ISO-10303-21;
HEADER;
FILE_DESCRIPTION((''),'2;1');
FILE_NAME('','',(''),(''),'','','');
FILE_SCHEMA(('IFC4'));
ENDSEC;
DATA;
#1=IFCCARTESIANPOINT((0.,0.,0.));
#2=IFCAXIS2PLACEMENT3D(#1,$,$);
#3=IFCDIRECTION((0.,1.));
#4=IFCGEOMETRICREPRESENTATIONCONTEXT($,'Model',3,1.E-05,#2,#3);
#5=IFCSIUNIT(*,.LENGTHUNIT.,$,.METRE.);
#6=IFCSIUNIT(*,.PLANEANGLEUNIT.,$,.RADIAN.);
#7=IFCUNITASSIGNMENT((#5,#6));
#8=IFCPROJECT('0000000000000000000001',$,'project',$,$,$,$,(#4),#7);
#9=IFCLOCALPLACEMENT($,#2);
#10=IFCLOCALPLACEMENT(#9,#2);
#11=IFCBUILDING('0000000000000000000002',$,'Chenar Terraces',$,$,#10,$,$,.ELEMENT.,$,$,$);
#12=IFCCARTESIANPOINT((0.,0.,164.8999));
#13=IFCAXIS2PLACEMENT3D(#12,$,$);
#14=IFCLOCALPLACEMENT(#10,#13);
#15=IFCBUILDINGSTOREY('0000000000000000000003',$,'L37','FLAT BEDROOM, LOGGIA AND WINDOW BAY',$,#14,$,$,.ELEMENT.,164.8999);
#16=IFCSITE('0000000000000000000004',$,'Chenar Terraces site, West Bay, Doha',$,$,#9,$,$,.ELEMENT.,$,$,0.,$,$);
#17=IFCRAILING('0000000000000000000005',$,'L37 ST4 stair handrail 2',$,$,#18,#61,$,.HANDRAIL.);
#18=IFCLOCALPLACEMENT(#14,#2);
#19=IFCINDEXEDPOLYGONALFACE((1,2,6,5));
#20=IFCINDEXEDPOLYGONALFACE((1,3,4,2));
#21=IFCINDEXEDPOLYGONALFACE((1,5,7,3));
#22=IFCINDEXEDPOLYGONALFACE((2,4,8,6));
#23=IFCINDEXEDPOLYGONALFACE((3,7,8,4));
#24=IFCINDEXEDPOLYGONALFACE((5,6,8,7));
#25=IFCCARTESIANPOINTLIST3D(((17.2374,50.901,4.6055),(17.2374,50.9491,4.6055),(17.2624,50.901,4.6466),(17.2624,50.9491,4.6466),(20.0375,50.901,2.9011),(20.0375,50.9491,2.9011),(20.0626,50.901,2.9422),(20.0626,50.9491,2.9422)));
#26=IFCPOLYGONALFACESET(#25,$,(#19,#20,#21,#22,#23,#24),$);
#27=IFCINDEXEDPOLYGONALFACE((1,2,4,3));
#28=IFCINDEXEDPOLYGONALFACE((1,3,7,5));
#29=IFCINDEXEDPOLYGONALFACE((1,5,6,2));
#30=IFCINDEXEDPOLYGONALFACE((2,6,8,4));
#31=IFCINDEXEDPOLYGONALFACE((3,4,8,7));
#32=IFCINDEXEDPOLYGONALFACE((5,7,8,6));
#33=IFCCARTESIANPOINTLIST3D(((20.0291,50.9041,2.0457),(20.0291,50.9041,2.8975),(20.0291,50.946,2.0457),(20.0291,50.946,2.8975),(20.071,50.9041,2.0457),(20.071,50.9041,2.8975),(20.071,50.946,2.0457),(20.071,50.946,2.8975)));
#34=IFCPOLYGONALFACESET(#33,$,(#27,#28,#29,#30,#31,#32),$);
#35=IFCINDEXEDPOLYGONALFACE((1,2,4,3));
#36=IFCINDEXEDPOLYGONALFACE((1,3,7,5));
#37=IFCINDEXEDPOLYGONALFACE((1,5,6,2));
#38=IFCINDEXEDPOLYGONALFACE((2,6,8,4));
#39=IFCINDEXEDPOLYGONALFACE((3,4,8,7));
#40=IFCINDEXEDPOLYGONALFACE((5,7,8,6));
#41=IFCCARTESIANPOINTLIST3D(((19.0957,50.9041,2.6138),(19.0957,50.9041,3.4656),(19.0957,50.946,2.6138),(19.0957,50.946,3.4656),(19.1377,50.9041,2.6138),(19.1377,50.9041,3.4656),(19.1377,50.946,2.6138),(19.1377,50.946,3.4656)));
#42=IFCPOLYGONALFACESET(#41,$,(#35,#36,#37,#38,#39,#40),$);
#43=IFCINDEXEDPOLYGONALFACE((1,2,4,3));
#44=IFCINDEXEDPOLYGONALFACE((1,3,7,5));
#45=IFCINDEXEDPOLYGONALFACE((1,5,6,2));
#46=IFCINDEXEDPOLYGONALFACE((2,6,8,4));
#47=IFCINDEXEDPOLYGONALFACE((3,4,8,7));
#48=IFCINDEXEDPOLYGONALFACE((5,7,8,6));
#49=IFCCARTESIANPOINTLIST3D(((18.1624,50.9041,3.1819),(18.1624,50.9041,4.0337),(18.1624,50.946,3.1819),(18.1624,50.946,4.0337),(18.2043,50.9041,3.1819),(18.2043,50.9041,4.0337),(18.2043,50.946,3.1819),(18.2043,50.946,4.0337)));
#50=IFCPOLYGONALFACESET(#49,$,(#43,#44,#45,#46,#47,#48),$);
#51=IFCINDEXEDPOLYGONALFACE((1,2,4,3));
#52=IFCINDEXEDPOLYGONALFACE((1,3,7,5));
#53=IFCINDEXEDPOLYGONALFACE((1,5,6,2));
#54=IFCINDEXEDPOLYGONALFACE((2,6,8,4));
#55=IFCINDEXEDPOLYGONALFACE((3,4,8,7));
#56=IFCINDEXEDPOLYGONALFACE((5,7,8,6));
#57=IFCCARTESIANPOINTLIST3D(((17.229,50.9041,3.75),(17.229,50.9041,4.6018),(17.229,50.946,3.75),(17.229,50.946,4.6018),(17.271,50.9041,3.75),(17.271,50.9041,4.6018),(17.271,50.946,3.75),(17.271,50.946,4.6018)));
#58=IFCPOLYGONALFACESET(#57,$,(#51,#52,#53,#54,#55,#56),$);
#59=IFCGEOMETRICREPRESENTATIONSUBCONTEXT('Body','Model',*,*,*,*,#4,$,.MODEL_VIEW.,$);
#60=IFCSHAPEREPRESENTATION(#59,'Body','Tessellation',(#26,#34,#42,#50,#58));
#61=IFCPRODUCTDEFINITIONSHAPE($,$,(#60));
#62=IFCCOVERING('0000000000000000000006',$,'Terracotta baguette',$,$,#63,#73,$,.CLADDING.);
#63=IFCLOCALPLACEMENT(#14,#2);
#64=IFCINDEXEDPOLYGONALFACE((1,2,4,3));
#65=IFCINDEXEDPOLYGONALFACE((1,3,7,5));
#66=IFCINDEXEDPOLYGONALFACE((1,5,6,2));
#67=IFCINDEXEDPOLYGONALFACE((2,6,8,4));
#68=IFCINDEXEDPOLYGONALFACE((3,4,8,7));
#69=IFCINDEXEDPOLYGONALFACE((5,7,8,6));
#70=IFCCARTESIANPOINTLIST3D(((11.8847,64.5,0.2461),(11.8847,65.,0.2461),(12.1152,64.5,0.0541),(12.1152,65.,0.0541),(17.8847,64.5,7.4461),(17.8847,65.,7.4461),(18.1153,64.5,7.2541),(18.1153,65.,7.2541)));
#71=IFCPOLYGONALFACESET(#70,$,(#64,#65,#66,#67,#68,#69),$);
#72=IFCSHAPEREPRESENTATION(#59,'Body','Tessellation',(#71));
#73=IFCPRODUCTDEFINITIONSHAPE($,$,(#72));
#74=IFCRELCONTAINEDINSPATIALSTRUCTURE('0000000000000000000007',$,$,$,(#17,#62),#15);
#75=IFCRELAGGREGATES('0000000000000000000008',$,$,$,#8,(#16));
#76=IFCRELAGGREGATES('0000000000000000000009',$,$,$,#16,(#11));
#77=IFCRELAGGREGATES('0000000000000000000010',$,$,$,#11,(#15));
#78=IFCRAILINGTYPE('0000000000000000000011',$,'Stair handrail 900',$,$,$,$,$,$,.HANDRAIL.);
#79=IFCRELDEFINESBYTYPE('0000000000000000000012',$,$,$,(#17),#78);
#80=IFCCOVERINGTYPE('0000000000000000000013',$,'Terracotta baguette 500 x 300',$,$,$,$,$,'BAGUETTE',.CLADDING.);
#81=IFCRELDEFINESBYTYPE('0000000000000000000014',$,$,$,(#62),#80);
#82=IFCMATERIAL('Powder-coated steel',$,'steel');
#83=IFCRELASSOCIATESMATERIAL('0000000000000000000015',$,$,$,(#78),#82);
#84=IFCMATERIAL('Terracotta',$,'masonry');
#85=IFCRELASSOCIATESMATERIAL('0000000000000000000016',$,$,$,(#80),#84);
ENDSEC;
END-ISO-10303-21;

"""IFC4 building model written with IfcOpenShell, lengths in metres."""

from ifc_helpers import new_model, si_unit, direction, frame, origin, origin_2d, place, context, subcontext, project, spatial, rectangle, extrude, material, material_profile, profile_set, type_object, element, save


model = new_model("IFC4")

# Units and contexts
model_context = context("Model", 3, precision=1e-05, world=origin(), true_north=direction((0.0, 1.0)))
body_context = subcontext(model_context, "Body", "Model", "MODEL_VIEW")
ifc_project = project(units=[si_unit("LENGTHUNIT", "METRE"), si_unit("PLANEANGLEUNIT", "RADIAN")], contexts=[model_context])

# Site, building, storey
site_placement = place(None, origin())
site = spatial("IfcSite", under=ifc_project, at=site_placement, Name="Chenar Terraces site, West Bay, Doha", CompositionType="ELEMENT", RefElevation=0.0)
building_placement = place(site_placement, origin())
building = spatial("IfcBuilding", under=site, at=building_placement, Name="Chenar Terraces", CompositionType="ELEMENT")
storey_placement = place(building_placement, frame((0.0, 0.0, 164.8999)))
storey = spatial("IfcBuildingStorey", under=building, at=storey_placement, Name="L37", Description="FLAT BEDROOM, LOGGIA AND WINDOW BAY", CompositionType="ELEMENT", Elevation=164.8999)

# Railing
ifc_material_1 = material(Name="Powder-coated steel", Category="steel")
railing_type_1 = type_object("IfcRailingType", Name="Stair handrail 900", PredefinedType="HANDRAIL", material=ifc_material_1)
railing_1_placement = place(storey_placement, frame((20.05, 50.925, 2.0457)))
element("IfcRailing", 1, at=railing_1_placement, inside=storey, type_object=railing_type_1, Name="L37 ST4 stair handrail 2", PredefinedType="HANDRAIL", context=body_context, shape_type="SweptSolid", body=[
    extrude(rectangle(XDim=0.0481, YDim=0.0481, at=origin_2d()), frame((0.0, 0.0, 0.876), z_axis=(-0.854203, 0.0, 0.51994), x_axis=(0.0, -1.0, 0.0)), (0.0, 0.0, 1.0), 3.2781),
    extrude(rectangle(XDim=0.042, YDim=0.042, at=origin_2d()), origin(), (0.0, 0.0, 1.0), 0.8518),
    extrude(rectangle(XDim=0.042, YDim=0.042, at=origin_2d()), frame((-0.9333, 0.0, 0.5681)), (0.0, 0.0, 1.0), 0.8518),
    extrude(rectangle(XDim=0.042, YDim=0.042, at=origin_2d()), frame((-1.8667, 0.0, 1.1362)), (0.0, 0.0, 1.0), 0.8518),
    extrude(rectangle(XDim=0.042, YDim=0.042, at=origin_2d()), frame((-2.8, 0.0, 1.7043)), (0.0, 0.0, 1.0), 0.8518),
])

# Covering
ifc_material_2 = material(Name="Terracotta", Category="masonry")
ifc_material_profile_1 = material_profile(ifc_material_2, rectangle(XDim=0.5, YDim=0.3, at=origin_2d()), Name="Terracotta baguette 500 x 300")
ifc_profile_set_1 = profile_set([ifc_material_profile_1], Name="Terracotta")
covering_type = type_object("IfcCoveringType", Name="Terracotta baguette 500 x 300", ElementType="BAGUETTE", PredefinedType="CLADDING", material=ifc_profile_set_1)
covering_placement = place(storey_placement, frame((18.0, 64.75, 7.3501), z_axis=(-0.640187, 0.0, -0.768219), x_axis=(0.0, -1.0, 0.0)))
element("IfcCovering", 2, at=covering_placement, inside=storey, type_object=covering_type, Name="Terracotta baguette", PredefinedType="CLADDING", context=body_context, shape_type="SweptSolid", body=[
    extrude(rectangle(XDim=0.5, YDim=0.3, at=origin_2d()), origin(), (0.0, 0.0, 1.0), 9.3723),
])

save(model, "model.ifc")
